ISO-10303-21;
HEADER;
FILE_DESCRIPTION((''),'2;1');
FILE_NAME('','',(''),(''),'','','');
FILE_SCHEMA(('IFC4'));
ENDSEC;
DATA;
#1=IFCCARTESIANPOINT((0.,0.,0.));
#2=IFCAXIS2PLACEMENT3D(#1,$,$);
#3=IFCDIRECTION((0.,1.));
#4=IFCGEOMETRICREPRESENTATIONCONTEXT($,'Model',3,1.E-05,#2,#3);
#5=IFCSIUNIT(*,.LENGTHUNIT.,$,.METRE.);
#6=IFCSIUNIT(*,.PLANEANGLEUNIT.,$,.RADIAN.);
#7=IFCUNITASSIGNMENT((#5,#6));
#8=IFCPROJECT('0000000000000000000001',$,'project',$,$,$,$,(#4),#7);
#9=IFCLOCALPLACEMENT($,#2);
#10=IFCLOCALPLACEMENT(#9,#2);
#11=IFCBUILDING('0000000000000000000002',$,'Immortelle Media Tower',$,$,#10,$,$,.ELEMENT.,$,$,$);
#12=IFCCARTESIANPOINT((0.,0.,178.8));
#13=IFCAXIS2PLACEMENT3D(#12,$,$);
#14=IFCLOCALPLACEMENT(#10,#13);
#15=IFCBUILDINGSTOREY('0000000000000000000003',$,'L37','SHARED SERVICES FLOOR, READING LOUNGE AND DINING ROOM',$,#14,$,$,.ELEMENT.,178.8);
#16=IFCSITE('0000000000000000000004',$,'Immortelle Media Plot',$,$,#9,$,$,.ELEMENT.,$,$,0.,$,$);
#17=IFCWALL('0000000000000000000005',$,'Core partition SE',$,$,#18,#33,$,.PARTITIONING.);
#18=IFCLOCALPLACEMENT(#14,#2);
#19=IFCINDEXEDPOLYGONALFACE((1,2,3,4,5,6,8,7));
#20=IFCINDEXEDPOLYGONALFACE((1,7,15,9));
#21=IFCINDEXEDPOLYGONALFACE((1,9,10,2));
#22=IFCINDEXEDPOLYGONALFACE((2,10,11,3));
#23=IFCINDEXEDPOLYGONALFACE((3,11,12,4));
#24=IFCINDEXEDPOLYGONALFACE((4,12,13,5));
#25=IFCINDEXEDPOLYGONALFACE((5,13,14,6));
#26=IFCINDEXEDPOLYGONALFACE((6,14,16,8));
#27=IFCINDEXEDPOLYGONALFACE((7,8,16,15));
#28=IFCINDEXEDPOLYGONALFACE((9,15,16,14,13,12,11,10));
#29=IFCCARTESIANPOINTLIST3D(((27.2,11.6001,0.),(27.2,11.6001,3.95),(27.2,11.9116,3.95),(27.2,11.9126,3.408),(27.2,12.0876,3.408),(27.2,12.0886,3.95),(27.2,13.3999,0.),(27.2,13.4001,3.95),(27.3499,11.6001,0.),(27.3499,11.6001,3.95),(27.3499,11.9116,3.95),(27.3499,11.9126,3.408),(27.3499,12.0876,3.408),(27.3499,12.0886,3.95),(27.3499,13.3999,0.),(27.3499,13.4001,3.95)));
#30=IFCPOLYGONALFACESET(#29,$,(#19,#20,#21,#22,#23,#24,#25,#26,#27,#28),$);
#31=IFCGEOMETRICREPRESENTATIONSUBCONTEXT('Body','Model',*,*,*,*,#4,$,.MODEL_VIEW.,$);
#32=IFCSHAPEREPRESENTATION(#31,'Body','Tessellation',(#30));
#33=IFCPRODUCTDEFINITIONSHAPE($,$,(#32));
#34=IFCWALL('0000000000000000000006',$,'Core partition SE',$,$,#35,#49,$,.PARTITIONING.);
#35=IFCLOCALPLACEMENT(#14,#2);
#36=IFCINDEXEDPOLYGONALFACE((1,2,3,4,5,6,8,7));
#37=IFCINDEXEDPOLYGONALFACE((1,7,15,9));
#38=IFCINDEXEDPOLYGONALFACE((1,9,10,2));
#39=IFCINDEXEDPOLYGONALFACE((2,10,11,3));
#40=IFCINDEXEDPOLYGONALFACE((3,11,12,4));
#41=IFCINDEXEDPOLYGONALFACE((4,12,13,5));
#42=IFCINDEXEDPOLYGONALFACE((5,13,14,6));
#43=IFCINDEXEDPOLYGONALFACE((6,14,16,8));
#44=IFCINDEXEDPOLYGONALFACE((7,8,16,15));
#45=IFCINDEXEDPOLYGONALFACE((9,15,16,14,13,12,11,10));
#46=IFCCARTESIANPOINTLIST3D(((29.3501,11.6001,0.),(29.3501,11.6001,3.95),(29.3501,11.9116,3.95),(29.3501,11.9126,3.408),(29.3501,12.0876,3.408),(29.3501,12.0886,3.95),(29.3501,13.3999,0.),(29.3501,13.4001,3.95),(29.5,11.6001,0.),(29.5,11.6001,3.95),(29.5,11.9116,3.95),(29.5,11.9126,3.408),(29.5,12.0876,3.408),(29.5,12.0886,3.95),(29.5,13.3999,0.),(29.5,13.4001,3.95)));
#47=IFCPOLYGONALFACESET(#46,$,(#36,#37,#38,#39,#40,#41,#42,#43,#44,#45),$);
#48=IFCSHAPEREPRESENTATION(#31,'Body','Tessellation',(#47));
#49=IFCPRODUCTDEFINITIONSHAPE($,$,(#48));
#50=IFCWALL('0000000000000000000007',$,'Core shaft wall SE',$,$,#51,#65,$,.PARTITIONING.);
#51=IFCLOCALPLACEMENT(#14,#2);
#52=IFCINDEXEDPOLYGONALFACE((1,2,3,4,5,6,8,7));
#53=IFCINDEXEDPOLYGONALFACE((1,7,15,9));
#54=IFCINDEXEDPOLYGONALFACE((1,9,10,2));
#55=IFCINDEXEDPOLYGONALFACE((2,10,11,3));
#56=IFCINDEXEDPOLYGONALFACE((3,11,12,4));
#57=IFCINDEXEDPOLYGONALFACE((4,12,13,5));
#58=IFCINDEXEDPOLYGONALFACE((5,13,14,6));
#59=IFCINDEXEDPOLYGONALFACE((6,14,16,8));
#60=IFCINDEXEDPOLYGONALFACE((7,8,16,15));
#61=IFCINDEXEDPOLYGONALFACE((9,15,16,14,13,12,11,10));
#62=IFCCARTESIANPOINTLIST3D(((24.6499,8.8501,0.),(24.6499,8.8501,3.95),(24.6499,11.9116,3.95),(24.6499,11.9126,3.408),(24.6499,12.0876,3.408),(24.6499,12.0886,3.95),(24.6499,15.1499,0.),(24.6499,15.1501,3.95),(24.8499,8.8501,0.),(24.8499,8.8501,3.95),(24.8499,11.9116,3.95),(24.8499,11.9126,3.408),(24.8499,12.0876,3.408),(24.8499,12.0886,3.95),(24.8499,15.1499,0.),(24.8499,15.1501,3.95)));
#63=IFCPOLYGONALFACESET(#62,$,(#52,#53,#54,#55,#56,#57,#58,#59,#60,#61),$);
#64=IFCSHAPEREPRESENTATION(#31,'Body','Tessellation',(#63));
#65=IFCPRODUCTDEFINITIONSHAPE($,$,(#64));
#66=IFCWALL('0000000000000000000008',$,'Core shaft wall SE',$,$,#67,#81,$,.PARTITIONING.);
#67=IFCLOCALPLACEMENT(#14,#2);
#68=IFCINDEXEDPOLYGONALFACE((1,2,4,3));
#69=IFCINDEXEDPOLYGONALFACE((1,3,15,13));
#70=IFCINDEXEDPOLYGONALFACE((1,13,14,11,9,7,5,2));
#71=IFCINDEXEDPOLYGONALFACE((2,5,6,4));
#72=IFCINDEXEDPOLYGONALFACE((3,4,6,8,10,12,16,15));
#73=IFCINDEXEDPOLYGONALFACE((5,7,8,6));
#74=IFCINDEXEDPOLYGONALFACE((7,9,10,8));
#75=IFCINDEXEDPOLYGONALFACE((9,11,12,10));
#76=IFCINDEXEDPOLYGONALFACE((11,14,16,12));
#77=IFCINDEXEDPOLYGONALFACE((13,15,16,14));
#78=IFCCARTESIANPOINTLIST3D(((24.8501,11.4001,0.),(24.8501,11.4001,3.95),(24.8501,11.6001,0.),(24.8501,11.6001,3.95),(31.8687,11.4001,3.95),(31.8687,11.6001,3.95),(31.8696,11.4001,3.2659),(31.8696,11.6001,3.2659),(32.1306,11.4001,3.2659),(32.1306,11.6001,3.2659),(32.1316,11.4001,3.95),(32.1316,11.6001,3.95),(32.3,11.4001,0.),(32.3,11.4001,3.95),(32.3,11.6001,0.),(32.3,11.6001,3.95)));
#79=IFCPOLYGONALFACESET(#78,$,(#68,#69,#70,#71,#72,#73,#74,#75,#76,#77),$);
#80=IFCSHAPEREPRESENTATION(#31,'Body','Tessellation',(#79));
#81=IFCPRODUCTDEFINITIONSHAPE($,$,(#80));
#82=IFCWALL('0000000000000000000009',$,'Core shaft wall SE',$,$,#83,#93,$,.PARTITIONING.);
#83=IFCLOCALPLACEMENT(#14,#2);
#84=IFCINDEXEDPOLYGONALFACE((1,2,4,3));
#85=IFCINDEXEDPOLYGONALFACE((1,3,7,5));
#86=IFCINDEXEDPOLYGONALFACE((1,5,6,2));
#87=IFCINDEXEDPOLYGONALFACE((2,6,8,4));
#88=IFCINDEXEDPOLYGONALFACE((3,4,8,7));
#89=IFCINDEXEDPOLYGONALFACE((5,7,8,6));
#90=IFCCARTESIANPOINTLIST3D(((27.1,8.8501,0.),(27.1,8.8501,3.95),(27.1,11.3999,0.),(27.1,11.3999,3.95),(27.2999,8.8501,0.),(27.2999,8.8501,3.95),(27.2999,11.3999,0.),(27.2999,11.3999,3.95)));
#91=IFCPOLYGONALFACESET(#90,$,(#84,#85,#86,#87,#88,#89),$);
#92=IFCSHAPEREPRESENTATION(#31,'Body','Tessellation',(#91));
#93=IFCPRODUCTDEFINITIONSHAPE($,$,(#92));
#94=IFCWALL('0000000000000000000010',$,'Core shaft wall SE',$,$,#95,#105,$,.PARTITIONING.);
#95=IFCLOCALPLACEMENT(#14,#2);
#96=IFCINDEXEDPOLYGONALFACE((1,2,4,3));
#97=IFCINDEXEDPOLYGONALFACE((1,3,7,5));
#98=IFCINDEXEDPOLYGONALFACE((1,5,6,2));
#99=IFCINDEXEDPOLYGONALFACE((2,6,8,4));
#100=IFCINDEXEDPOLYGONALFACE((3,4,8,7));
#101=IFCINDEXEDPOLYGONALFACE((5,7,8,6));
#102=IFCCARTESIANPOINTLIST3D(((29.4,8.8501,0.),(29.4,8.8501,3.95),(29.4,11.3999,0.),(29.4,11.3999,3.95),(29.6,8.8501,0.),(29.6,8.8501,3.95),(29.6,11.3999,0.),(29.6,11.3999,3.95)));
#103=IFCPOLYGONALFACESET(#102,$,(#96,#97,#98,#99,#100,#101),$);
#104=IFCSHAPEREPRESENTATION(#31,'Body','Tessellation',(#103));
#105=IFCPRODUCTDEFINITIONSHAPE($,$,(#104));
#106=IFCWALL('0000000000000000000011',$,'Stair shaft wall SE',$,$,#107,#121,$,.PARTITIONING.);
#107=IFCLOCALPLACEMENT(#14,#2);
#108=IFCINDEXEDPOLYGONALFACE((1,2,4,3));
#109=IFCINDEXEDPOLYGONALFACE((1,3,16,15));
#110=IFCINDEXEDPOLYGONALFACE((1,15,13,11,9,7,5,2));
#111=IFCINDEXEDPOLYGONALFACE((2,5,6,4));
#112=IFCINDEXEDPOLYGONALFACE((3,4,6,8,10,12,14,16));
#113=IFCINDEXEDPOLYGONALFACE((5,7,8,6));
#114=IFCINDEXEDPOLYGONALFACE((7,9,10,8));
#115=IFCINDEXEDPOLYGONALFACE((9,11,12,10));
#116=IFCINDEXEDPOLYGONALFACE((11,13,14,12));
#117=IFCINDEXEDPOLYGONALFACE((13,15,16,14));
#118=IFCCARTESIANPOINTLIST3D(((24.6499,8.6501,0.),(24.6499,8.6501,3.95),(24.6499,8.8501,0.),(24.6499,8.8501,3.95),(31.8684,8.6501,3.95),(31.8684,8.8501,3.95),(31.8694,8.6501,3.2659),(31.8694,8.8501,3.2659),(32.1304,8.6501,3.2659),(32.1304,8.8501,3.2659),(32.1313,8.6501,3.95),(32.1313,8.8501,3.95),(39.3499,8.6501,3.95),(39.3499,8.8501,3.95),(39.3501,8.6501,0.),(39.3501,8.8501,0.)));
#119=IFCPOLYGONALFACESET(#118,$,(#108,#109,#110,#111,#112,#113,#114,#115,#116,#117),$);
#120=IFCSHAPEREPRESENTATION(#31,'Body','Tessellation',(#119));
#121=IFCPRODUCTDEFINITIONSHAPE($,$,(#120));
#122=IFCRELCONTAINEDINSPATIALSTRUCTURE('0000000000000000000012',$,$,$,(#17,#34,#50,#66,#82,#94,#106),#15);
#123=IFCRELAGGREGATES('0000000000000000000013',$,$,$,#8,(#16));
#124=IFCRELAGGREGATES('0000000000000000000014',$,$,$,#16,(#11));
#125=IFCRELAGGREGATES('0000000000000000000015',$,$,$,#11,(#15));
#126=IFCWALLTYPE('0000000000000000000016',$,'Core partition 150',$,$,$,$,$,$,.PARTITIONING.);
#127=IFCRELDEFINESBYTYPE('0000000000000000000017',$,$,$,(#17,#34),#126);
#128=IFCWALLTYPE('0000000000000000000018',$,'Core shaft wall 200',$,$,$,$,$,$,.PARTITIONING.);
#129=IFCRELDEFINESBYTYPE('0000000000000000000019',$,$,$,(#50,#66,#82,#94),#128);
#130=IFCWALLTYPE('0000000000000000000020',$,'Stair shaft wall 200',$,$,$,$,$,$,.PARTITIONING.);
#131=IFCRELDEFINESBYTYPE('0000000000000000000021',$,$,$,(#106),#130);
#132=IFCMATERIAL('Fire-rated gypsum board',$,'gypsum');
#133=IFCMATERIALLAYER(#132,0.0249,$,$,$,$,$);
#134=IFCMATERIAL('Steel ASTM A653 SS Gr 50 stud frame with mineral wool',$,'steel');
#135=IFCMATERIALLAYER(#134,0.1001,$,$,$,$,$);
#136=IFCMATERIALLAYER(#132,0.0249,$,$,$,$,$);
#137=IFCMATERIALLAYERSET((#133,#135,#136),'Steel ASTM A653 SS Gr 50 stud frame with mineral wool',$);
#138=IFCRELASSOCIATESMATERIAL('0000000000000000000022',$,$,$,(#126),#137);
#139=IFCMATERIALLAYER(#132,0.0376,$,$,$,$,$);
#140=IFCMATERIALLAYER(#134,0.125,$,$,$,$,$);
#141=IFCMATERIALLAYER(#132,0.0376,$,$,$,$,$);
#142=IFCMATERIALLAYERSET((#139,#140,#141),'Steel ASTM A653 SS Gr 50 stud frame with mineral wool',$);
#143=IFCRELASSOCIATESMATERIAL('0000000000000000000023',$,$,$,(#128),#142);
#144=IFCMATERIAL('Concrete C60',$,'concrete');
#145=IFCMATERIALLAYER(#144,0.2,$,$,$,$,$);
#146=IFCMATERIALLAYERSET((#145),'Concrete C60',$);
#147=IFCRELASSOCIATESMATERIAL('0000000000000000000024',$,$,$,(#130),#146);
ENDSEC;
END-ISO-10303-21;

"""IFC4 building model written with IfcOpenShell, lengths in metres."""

from ifc_helpers import new_model, si_unit, direction, frame, frame_2d, origin, place, context, subcontext, project, spatial, polyline, rectangle, outline, extrude, material, layer, layer_set, type_object, element, save


model = new_model("IFC4")

# Units and contexts
model_context = context("Model", 3, precision=1e-05, world=origin(), true_north=direction((0.0, 1.0)))
body_context = subcontext(model_context, "Body", "Model", "MODEL_VIEW")
ifc_project = project(units=[si_unit("LENGTHUNIT", "METRE"), si_unit("PLANEANGLEUNIT", "RADIAN")], contexts=[model_context])

# Site, building, storey
site_placement = place(None, origin())
site = spatial("IfcSite", under=ifc_project, at=site_placement, Name="Immortelle Media Plot", CompositionType="ELEMENT", RefElevation=0.0)
building_placement = place(site_placement, origin())
building = spatial("IfcBuilding", under=site, at=building_placement, Name="Immortelle Media Tower", CompositionType="ELEMENT")
storey_placement = place(building_placement, frame((0.0, 0.0, 178.8)))
storey = spatial("IfcBuildingStorey", under=building, at=storey_placement, Name="L37", Description="SHARED SERVICES FLOOR, READING LOUNGE AND DINING ROOM", CompositionType="ELEMENT", Elevation=178.8)

# Shared definitions
ifc_material_1 = material(Name="Fire-rated gypsum board", Category="gypsum")
ifc_layer_1 = layer(ifc_material_1, 0.0249)
ifc_material_2 = material(Name="Steel ASTM A653 SS Gr 50 stud frame with mineral wool", Category="steel")
ifc_layer_2 = layer(ifc_material_2, 0.1001)
ifc_layer_3 = layer(ifc_material_1, 0.0249)
ifc_layer_set_1 = layer_set([ifc_layer_1, ifc_layer_2, ifc_layer_3], Name="Steel ASTM A653 SS Gr 50 stud frame with mineral wool")
wall_type_1 = type_object("IfcWallType", Name="Core partition 150", PredefinedType="PARTITIONING", material=ifc_layer_set_1)

# Walls
for number, where, z_axis, x_axis, name in (
    (1, (27.2749, 11.6001, 0.0), (0.0, 0.0, 1.0), (0.0, 1.0, 0.0), "Core partition SE"),
    (2, (29.425, 11.6001, 0.0), (0.0, 0.0, 1.0), (0.0, 1.0, 0.0), "Core partition SE"),
):
    element("IfcWall", number, at=place(storey_placement, frame(where, z_axis=z_axis, x_axis=x_axis)), inside=storey, type_object=wall_type_1, Name=name, PredefinedType="PARTITIONING", context=body_context, shape_type="SweptSolid", body=[
        extrude(outline(polyline([(0.0, 0.0), (1.7998, 0.0), (1.8, 3.95), (0.4885, 3.95), (0.4875, 3.408), (0.3125, 3.408), (0.3115, 3.95), (0.0, 3.95), (0.0, 0.0)])), frame((0.0, 0.075, 0.0), z_axis=(0.0, -1.0, 0.0), x_axis=(1.0, 0.0, 0.0)), (0.0, 0.0, 1.0), 0.1499),
    ])
ifc_layer_4 = layer(ifc_material_1, 0.0376)
ifc_layer_5 = layer(ifc_material_2, 0.125)
ifc_layer_6 = layer(ifc_material_1, 0.0376)
ifc_layer_set_2 = layer_set([ifc_layer_4, ifc_layer_5, ifc_layer_6], Name="Steel ASTM A653 SS Gr 50 stud frame with mineral wool")
wall_type_2 = type_object("IfcWallType", Name="Core shaft wall 200", PredefinedType="PARTITIONING", material=ifc_layer_set_2)
wall_1_placement = place(storey_placement, frame((24.75, 8.8501, 0.0), z_axis=(0.0, 0.0, 1.0), x_axis=(0.0, 1.0, 0.0)))
element("IfcWall", 3, at=wall_1_placement, inside=storey, type_object=wall_type_2, Name="Core shaft wall SE", PredefinedType="PARTITIONING", context=body_context, shape_type="SweptSolid", body=[
    extrude(outline(polyline([(0.0, 0.0), (6.2998, 0.0), (6.3, 3.95), (3.2385, 3.95), (3.2375, 3.408), (3.0625, 3.408), (3.0615, 3.95), (0.0, 3.95), (0.0, 0.0)])), frame((0.0, 0.1001, 0.0), z_axis=(0.0, -1.0, 0.0), x_axis=(1.0, 0.0, 0.0)), (0.0, 0.0, 1.0), 0.2),
])
wall_2_placement = place(storey_placement, frame((24.8501, 11.5, 0.0), z_axis=(0.0, 0.0, 1.0), x_axis=(1.0, 0.0, 0.0)))
element("IfcWall", 4, at=wall_2_placement, inside=storey, type_object=wall_type_2, Name="Core shaft wall SE", PredefinedType="PARTITIONING", context=body_context, shape_type="SweptSolid", body=[
    extrude(outline(polyline([(0.0, 0.0), (7.45, 0.0), (7.45, 3.95), (7.2815, 3.95), (7.2805, 3.2659), (7.0195, 3.2659), (7.0186, 3.95), (0.0, 3.95), (0.0, 0.0)])), frame((0.0, 0.1001, 0.0), z_axis=(0.0, -1.0, 0.0), x_axis=(1.0, 0.0, 0.0)), (0.0, 0.0, 1.0), 0.2),
])
for number, where, z_axis, x_axis, name in (
    (5, (27.2, 8.8501, 0.0), (0.0, 0.0, 1.0), (0.0, 1.0, 0.0), "Core shaft wall SE"),
    (6, (29.5, 8.8501, 0.0), (0.0, 0.0, 1.0), (0.0, 1.0, 0.0), "Core shaft wall SE"),
):
    element("IfcWall", number, at=place(storey_placement, frame(where, z_axis=z_axis, x_axis=x_axis)), inside=storey, type_object=wall_type_2, Name=name, PredefinedType="PARTITIONING", context=body_context, shape_type="SweptSolid", body=[
        extrude(rectangle(XDim=2.5498, YDim=0.2, at=frame_2d((1.2749, 0.0))), origin(), (0.0, 0.0, 1.0), 3.95),
    ])
ifc_material_3 = material(Name="Concrete C60", Category="concrete")
ifc_layer_7 = layer(ifc_material_3, 0.2)
ifc_layer_set_3 = layer_set([ifc_layer_7], Name="Concrete C60")
wall_type_3 = type_object("IfcWallType", Name="Stair shaft wall 200", PredefinedType="PARTITIONING", material=ifc_layer_set_3)
wall_3_placement = place(storey_placement, frame((24.6499, 8.75, 0.0), z_axis=(0.0, 0.0, 1.0), x_axis=(1.0, 0.0, 0.0)))
element("IfcWall", 7, at=wall_3_placement, inside=storey, type_object=wall_type_3, Name="Stair shaft wall SE", PredefinedType="PARTITIONING", context=body_context, shape_type="SweptSolid", body=[
    extrude(outline(polyline([(0.0, 0.0), (14.7002, 0.0), (14.7, 3.95), (7.4814, 3.95), (7.4805, 3.2659), (7.2195, 3.2659), (7.2185, 3.95), (0.0, 3.95), (0.0, 0.0)])), frame((0.0, 0.1001, 0.0), z_axis=(0.0, -1.0, 0.0), x_axis=(1.0, 0.0, 0.0)), (0.0, 0.0, 1.0), 0.2),
])

save(model, "model.ifc")
